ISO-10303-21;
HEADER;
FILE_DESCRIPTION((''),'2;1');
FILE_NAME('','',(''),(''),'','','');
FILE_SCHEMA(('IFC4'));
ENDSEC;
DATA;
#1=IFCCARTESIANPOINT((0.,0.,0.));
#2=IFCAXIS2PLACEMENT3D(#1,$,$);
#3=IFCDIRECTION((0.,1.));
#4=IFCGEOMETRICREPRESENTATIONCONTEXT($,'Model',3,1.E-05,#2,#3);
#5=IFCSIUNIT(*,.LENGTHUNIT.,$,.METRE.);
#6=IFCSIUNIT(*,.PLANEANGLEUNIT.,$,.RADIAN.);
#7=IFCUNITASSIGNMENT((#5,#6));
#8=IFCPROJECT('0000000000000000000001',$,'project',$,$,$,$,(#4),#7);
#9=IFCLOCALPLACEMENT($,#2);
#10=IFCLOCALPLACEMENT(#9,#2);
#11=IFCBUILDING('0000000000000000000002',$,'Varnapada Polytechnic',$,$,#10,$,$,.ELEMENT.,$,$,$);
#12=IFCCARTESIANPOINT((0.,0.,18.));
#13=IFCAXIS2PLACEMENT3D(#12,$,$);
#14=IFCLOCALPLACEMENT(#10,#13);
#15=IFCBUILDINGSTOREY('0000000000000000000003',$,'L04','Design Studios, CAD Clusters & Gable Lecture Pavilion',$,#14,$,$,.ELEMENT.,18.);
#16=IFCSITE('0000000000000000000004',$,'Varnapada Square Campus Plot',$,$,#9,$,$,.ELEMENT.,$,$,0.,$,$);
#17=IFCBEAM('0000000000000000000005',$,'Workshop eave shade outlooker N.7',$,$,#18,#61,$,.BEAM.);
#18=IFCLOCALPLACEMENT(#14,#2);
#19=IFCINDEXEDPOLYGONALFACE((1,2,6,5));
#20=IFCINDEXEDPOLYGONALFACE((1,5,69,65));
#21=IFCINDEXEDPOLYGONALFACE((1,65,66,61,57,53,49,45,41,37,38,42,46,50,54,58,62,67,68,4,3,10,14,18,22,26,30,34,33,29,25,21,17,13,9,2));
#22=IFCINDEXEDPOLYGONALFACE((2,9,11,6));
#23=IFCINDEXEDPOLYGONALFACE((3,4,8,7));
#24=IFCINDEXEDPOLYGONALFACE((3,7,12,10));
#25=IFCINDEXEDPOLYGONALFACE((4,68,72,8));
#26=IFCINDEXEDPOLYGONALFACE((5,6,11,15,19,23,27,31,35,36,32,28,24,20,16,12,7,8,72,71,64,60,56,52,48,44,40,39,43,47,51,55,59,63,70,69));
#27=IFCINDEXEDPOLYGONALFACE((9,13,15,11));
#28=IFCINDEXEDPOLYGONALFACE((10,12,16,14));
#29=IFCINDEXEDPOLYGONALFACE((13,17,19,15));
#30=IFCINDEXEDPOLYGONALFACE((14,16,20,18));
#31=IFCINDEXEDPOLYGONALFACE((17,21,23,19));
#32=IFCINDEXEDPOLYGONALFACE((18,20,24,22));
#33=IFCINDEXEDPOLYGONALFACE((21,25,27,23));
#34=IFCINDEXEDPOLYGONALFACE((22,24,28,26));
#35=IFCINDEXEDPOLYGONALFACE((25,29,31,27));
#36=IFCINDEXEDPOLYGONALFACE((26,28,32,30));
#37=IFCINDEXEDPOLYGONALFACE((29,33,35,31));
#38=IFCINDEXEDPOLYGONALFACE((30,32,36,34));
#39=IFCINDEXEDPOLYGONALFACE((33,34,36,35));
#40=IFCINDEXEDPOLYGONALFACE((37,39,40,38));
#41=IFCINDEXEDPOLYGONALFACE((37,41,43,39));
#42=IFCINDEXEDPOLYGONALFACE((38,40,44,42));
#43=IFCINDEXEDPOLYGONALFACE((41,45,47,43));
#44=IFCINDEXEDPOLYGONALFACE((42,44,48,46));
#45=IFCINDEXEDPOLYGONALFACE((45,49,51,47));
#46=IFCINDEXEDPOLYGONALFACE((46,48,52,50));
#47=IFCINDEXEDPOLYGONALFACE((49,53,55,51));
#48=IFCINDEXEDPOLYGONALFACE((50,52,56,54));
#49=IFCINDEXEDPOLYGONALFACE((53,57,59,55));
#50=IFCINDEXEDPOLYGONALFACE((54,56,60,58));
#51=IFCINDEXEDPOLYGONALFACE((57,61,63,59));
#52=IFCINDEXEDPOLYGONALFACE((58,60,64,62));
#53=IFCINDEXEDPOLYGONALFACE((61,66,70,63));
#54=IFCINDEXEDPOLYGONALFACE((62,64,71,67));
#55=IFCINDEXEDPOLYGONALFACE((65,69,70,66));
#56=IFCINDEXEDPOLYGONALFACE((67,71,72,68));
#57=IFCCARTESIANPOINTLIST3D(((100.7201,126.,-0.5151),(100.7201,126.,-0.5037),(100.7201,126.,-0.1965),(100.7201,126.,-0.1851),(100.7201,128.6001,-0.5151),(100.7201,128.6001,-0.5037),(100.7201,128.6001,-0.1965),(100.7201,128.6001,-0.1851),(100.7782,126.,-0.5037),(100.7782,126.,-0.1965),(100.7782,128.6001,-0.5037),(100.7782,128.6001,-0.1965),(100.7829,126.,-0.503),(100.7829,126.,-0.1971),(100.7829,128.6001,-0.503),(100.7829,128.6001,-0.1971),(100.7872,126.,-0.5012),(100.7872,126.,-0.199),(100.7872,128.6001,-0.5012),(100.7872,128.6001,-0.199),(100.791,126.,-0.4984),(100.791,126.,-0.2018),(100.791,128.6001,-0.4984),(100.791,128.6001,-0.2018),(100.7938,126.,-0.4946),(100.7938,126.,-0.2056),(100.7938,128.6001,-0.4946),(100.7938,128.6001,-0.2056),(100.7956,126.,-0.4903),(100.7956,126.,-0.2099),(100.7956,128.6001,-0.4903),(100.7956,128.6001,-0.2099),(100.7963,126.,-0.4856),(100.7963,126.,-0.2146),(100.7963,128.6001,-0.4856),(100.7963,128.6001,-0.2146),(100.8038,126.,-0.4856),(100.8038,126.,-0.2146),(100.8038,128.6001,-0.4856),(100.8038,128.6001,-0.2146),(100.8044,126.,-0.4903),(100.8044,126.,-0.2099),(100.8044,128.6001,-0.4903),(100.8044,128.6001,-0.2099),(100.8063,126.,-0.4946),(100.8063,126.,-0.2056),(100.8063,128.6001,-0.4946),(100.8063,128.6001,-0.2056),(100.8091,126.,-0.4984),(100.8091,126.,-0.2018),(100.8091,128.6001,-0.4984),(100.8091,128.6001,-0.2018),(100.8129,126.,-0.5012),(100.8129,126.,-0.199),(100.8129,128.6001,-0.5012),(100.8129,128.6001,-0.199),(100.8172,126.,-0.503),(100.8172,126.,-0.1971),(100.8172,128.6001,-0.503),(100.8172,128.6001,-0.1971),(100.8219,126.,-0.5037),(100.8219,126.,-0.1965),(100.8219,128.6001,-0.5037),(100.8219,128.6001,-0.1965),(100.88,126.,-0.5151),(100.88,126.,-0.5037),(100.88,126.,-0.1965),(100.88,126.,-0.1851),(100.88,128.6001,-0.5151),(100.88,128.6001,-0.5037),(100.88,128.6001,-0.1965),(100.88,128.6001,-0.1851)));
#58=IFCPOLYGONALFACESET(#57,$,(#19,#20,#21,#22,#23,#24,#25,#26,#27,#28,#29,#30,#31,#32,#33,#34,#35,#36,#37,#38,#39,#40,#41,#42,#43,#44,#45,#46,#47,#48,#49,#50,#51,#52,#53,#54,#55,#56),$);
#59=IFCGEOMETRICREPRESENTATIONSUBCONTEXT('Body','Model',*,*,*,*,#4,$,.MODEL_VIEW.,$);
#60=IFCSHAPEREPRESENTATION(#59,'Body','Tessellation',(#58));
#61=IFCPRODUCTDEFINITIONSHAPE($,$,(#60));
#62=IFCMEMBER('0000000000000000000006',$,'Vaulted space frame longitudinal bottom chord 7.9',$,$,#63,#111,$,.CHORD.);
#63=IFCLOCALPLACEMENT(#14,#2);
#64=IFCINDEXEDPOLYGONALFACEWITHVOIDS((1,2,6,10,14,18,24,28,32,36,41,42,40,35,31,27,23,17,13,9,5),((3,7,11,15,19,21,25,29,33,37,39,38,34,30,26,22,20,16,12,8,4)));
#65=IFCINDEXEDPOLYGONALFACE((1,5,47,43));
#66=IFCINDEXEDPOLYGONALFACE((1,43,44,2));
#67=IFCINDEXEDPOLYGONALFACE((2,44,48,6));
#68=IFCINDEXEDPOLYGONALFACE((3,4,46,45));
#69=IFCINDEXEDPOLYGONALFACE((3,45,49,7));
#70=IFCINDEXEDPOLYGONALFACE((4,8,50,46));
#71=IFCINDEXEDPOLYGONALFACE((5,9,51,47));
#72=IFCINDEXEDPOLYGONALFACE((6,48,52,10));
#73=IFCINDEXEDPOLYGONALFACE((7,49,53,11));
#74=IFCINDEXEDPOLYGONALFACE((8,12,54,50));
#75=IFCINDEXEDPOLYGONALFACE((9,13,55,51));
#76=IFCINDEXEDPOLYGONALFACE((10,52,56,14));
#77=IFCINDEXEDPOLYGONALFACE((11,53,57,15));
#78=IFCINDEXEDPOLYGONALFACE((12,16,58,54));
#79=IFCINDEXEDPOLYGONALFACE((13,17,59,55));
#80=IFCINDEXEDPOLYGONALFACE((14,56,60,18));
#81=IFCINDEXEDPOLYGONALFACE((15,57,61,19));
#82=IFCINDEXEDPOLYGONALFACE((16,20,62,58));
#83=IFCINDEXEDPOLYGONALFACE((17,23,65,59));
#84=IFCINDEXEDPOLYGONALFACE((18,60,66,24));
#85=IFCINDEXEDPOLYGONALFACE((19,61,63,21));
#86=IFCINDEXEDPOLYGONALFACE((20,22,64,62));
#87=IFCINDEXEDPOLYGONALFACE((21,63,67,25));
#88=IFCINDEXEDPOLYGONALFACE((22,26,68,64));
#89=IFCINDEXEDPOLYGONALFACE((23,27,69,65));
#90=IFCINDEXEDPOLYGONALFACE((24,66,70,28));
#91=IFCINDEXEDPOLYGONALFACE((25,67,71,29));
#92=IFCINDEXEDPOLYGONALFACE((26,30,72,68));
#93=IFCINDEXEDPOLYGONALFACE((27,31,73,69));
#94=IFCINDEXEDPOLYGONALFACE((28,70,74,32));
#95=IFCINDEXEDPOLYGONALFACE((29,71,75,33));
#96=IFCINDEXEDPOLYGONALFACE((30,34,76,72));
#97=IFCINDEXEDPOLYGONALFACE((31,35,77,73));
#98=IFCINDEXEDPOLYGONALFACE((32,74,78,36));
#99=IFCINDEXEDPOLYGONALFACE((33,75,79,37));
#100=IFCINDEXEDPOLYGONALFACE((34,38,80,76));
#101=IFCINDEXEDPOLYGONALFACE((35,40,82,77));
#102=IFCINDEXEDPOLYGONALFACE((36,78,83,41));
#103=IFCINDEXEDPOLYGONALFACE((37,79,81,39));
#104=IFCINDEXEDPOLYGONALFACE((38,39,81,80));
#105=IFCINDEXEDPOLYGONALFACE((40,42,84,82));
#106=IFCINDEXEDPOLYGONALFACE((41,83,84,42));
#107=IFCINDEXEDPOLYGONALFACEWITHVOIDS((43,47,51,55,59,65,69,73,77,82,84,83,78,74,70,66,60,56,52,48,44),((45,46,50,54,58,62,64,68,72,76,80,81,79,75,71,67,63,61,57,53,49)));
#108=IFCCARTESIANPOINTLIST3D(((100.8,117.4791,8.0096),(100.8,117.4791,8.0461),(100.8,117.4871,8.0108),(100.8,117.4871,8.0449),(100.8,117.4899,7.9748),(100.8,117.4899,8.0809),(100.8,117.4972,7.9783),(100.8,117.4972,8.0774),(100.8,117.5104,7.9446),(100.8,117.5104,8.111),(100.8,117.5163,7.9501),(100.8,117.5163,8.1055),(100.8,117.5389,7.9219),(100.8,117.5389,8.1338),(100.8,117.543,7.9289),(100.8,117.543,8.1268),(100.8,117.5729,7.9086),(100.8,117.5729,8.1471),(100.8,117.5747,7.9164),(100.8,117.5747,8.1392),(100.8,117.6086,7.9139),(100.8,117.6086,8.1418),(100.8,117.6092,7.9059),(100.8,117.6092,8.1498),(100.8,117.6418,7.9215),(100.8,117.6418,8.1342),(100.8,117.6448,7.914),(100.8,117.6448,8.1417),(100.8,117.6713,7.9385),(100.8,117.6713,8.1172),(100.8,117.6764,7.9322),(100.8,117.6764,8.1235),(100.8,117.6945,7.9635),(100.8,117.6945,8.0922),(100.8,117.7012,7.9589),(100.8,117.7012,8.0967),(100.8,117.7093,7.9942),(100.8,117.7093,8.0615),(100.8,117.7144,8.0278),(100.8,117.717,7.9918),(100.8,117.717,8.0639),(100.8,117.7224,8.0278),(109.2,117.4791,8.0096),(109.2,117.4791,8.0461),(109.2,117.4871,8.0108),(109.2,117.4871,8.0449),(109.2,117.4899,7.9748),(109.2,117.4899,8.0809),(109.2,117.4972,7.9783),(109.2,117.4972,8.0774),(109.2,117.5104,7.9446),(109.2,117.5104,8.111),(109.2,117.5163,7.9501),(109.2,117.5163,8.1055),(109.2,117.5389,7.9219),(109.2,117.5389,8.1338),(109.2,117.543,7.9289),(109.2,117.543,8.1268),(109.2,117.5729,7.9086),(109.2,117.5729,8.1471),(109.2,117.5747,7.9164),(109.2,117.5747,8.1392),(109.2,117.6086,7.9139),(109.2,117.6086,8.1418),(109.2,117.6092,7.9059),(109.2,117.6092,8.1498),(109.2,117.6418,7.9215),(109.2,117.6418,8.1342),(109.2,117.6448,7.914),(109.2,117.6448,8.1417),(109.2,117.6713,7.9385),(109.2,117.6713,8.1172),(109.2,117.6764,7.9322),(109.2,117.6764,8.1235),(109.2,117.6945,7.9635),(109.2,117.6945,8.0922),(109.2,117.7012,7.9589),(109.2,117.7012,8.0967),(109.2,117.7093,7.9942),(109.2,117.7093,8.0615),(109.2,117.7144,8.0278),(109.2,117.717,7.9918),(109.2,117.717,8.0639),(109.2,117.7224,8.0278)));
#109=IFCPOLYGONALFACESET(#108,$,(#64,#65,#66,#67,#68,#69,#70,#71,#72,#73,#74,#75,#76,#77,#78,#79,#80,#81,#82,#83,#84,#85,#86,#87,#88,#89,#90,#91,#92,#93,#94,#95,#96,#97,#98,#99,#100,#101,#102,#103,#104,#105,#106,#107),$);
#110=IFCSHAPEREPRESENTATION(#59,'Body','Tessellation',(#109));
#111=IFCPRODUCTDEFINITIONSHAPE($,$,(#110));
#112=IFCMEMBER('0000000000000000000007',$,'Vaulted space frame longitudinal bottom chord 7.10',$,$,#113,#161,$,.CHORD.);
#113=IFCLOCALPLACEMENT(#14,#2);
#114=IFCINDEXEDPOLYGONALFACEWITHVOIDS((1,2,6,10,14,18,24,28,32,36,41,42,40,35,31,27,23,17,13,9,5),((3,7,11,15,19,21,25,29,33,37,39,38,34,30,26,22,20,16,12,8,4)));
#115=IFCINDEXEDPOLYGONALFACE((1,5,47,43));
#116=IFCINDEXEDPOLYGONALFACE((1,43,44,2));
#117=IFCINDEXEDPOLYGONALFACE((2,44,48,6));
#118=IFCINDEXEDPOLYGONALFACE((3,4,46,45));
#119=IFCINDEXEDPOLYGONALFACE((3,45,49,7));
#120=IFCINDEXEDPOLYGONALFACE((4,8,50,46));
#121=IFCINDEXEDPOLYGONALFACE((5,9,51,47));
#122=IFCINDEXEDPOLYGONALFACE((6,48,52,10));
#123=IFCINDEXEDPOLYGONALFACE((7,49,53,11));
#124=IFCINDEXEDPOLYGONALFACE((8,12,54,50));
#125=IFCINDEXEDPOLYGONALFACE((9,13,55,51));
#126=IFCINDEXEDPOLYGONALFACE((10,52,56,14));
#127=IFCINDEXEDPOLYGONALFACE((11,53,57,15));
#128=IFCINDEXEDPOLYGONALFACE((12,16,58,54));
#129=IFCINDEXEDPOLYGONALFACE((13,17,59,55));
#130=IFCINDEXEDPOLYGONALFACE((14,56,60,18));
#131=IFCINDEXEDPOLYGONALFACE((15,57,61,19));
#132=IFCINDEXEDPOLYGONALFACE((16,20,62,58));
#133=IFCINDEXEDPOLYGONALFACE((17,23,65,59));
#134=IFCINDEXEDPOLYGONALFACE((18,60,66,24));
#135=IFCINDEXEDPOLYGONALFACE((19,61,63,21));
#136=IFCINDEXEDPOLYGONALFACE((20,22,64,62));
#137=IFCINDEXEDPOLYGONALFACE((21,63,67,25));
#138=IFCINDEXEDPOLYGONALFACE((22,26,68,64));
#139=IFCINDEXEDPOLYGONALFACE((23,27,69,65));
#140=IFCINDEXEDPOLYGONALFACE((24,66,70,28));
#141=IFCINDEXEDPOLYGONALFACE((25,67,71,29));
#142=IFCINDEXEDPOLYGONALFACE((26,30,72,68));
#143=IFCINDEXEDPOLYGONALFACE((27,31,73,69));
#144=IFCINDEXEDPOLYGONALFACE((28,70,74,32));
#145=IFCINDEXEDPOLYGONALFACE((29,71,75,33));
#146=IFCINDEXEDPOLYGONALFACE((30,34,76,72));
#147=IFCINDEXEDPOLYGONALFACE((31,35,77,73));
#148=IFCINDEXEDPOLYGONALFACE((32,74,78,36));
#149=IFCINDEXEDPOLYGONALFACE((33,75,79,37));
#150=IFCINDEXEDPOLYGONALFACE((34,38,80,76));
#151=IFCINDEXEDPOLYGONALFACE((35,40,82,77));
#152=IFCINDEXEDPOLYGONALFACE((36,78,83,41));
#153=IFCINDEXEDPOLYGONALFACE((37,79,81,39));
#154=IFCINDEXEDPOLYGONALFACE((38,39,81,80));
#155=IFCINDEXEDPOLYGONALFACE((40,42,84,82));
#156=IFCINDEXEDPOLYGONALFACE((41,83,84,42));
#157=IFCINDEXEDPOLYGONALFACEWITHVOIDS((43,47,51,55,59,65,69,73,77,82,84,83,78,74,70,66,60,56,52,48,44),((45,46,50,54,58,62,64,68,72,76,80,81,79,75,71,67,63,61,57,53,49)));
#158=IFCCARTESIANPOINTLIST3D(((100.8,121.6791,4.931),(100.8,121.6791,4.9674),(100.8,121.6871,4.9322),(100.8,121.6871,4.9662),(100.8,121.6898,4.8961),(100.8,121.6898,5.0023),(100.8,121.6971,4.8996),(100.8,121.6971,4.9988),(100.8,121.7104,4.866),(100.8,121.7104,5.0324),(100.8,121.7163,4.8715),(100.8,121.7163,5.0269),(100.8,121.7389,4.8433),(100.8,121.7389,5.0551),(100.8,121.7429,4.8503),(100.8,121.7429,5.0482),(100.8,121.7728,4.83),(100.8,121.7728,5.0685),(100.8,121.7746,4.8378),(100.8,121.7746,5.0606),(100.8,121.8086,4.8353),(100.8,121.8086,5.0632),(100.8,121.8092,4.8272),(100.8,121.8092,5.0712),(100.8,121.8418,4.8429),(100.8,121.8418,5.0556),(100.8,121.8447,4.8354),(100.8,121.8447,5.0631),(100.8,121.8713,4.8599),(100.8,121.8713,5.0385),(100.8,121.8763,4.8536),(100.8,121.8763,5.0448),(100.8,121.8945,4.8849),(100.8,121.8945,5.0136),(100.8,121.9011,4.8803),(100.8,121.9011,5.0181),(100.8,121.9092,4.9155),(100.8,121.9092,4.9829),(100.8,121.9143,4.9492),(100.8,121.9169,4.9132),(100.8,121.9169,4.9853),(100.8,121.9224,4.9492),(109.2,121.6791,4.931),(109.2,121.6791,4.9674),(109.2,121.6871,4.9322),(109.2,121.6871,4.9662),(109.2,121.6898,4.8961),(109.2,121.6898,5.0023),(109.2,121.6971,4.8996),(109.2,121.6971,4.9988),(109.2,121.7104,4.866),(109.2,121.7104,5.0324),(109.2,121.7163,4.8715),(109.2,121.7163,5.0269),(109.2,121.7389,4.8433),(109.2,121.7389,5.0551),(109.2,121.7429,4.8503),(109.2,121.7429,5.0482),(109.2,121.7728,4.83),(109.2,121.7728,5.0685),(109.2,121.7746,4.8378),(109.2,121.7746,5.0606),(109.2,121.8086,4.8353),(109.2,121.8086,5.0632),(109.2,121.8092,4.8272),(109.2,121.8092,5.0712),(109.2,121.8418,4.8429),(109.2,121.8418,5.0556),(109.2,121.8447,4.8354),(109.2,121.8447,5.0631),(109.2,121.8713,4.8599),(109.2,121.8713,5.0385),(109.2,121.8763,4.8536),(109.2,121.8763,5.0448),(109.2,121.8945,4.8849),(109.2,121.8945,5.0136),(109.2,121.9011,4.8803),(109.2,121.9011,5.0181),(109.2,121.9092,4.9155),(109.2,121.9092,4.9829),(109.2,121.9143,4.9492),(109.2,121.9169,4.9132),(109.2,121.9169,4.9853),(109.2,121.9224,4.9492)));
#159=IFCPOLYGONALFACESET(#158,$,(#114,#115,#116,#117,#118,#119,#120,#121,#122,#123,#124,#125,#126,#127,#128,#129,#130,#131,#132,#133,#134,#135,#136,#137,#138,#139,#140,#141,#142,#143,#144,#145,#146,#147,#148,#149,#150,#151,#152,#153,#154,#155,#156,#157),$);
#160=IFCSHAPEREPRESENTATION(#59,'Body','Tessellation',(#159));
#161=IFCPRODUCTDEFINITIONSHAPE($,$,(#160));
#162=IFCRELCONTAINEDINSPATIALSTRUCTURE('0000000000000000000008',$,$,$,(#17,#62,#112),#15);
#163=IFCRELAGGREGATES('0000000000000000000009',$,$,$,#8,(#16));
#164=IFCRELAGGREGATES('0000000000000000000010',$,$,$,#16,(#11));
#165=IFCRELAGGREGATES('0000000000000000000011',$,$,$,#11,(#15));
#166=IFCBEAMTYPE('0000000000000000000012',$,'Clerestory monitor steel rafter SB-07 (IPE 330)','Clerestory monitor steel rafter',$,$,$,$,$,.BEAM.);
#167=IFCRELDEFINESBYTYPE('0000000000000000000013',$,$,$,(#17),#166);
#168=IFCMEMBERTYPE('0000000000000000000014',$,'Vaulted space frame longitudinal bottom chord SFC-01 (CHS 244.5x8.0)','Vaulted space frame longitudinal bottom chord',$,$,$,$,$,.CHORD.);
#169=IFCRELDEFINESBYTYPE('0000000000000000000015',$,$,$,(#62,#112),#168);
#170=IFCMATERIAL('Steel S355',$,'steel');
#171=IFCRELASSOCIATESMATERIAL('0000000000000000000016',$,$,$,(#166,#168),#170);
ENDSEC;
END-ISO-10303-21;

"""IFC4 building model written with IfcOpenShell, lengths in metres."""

from ifc_helpers import new_model, si_unit, direction, frame, origin, origin_2d, place, context, subcontext, project, spatial, hollow_circle, i_section, extrude, material, material_profile, profile_set, type_object, element, save


model = new_model("IFC4")

# Units and contexts
model_context = context("Model", 3, precision=1e-05, world=origin(), true_north=direction((0.0, 1.0)))
body_context = subcontext(model_context, "Body", "Model", "MODEL_VIEW")
ifc_project = project(units=[si_unit("LENGTHUNIT", "METRE"), si_unit("PLANEANGLEUNIT", "RADIAN")], contexts=[model_context])

# Site, building, storey
site_placement = place(None, origin())
site = spatial("IfcSite", under=ifc_project, at=site_placement, Name="Varnapada Square Campus Plot", CompositionType="ELEMENT", RefElevation=0.0)
building_placement = place(site_placement, origin())
building = spatial("IfcBuilding", under=site, at=building_placement, Name="Varnapada Polytechnic", CompositionType="ELEMENT")
storey_placement = place(building_placement, frame((0.0, 0.0, 18.0)))
storey = spatial("IfcBuildingStorey", under=building, at=storey_placement, Name="L04", Description="Design Studios, CAD Clusters & Gable Lecture Pavilion", CompositionType="ELEMENT", Elevation=18.0)

# Beam
ifc_material = material(Name="Steel S355", Category="steel")
ifc_material_profile_1 = material_profile(ifc_material, i_section(OverallWidth=0.1599, OverallDepth=0.3301, WebThickness=0.0076, FlangeThickness=0.0115, FilletRadius=0.0181, at=origin_2d()), Name="IPE 330")
ifc_profile_set_1 = profile_set([ifc_material_profile_1], Name="Steel S355")
beam_type_1 = type_object("IfcBeamType", Name="Clerestory monitor steel rafter SB-07 (IPE 330)", Description="Clerestory monitor steel rafter", PredefinedType="BEAM", material=ifc_profile_set_1)
beam_1_placement = place(storey_placement, frame((100.8, 126.0, -0.3501), z_axis=(0.0, 1.0, 0.0), x_axis=(-1.0, 0.0, 0.0)))
element("IfcBeam", 1, at=beam_1_placement, inside=storey, type_object=beam_type_1, Name="Workshop eave shade outlooker N.7", PredefinedType="BEAM", context=body_context, shape_type="SweptSolid", body=[
    extrude(i_section(OverallWidth=0.1599, OverallDepth=0.3301, WebThickness=0.0076, FlangeThickness=0.0115, FilletRadius=0.0181, at=origin_2d()), origin(), (0.0, 0.0, 1.0), 2.6001),
])

# Members
ifc_material_profile_2 = material_profile(ifc_material, hollow_circle(Radius=0.1223, WallThickness=0.0081, at=origin_2d()), Name="CHS 244.5x8.0")
ifc_profile_set_2 = profile_set([ifc_material_profile_2], Name="Steel S355")
member_type_1 = type_object("IfcMemberType", Name="Vaulted space frame longitudinal bottom chord SFC-01 (CHS 244.5x8.0)", Description="Vaulted space frame longitudinal bottom chord", PredefinedType="CHORD", material=ifc_profile_set_2)
for number, where, z_axis, x_axis, name in (
    (2, (100.8, 117.6001, 8.0278), (1.0, 0.0, 0.0), (0.0, 1.0, 0.0), "Vaulted space frame longitudinal bottom chord 7.9"),
    (3, (100.8, 121.8, 4.9492), (1.0, 0.0, 0.0), (0.0, 1.0, 0.0), "Vaulted space frame longitudinal bottom chord 7.10"),
):
    element("IfcMember", number, at=place(storey_placement, frame(where, z_axis=z_axis, x_axis=x_axis)), inside=storey, type_object=member_type_1, Name=name, PredefinedType="CHORD", context=body_context, shape_type="SweptSolid", body=[
        extrude(hollow_circle(Radius=0.1223, WallThickness=0.0081, at=origin_2d()), origin(), (0.0, 0.0, 1.0), 8.3999),
    ])

save(model, "model.ifc")
